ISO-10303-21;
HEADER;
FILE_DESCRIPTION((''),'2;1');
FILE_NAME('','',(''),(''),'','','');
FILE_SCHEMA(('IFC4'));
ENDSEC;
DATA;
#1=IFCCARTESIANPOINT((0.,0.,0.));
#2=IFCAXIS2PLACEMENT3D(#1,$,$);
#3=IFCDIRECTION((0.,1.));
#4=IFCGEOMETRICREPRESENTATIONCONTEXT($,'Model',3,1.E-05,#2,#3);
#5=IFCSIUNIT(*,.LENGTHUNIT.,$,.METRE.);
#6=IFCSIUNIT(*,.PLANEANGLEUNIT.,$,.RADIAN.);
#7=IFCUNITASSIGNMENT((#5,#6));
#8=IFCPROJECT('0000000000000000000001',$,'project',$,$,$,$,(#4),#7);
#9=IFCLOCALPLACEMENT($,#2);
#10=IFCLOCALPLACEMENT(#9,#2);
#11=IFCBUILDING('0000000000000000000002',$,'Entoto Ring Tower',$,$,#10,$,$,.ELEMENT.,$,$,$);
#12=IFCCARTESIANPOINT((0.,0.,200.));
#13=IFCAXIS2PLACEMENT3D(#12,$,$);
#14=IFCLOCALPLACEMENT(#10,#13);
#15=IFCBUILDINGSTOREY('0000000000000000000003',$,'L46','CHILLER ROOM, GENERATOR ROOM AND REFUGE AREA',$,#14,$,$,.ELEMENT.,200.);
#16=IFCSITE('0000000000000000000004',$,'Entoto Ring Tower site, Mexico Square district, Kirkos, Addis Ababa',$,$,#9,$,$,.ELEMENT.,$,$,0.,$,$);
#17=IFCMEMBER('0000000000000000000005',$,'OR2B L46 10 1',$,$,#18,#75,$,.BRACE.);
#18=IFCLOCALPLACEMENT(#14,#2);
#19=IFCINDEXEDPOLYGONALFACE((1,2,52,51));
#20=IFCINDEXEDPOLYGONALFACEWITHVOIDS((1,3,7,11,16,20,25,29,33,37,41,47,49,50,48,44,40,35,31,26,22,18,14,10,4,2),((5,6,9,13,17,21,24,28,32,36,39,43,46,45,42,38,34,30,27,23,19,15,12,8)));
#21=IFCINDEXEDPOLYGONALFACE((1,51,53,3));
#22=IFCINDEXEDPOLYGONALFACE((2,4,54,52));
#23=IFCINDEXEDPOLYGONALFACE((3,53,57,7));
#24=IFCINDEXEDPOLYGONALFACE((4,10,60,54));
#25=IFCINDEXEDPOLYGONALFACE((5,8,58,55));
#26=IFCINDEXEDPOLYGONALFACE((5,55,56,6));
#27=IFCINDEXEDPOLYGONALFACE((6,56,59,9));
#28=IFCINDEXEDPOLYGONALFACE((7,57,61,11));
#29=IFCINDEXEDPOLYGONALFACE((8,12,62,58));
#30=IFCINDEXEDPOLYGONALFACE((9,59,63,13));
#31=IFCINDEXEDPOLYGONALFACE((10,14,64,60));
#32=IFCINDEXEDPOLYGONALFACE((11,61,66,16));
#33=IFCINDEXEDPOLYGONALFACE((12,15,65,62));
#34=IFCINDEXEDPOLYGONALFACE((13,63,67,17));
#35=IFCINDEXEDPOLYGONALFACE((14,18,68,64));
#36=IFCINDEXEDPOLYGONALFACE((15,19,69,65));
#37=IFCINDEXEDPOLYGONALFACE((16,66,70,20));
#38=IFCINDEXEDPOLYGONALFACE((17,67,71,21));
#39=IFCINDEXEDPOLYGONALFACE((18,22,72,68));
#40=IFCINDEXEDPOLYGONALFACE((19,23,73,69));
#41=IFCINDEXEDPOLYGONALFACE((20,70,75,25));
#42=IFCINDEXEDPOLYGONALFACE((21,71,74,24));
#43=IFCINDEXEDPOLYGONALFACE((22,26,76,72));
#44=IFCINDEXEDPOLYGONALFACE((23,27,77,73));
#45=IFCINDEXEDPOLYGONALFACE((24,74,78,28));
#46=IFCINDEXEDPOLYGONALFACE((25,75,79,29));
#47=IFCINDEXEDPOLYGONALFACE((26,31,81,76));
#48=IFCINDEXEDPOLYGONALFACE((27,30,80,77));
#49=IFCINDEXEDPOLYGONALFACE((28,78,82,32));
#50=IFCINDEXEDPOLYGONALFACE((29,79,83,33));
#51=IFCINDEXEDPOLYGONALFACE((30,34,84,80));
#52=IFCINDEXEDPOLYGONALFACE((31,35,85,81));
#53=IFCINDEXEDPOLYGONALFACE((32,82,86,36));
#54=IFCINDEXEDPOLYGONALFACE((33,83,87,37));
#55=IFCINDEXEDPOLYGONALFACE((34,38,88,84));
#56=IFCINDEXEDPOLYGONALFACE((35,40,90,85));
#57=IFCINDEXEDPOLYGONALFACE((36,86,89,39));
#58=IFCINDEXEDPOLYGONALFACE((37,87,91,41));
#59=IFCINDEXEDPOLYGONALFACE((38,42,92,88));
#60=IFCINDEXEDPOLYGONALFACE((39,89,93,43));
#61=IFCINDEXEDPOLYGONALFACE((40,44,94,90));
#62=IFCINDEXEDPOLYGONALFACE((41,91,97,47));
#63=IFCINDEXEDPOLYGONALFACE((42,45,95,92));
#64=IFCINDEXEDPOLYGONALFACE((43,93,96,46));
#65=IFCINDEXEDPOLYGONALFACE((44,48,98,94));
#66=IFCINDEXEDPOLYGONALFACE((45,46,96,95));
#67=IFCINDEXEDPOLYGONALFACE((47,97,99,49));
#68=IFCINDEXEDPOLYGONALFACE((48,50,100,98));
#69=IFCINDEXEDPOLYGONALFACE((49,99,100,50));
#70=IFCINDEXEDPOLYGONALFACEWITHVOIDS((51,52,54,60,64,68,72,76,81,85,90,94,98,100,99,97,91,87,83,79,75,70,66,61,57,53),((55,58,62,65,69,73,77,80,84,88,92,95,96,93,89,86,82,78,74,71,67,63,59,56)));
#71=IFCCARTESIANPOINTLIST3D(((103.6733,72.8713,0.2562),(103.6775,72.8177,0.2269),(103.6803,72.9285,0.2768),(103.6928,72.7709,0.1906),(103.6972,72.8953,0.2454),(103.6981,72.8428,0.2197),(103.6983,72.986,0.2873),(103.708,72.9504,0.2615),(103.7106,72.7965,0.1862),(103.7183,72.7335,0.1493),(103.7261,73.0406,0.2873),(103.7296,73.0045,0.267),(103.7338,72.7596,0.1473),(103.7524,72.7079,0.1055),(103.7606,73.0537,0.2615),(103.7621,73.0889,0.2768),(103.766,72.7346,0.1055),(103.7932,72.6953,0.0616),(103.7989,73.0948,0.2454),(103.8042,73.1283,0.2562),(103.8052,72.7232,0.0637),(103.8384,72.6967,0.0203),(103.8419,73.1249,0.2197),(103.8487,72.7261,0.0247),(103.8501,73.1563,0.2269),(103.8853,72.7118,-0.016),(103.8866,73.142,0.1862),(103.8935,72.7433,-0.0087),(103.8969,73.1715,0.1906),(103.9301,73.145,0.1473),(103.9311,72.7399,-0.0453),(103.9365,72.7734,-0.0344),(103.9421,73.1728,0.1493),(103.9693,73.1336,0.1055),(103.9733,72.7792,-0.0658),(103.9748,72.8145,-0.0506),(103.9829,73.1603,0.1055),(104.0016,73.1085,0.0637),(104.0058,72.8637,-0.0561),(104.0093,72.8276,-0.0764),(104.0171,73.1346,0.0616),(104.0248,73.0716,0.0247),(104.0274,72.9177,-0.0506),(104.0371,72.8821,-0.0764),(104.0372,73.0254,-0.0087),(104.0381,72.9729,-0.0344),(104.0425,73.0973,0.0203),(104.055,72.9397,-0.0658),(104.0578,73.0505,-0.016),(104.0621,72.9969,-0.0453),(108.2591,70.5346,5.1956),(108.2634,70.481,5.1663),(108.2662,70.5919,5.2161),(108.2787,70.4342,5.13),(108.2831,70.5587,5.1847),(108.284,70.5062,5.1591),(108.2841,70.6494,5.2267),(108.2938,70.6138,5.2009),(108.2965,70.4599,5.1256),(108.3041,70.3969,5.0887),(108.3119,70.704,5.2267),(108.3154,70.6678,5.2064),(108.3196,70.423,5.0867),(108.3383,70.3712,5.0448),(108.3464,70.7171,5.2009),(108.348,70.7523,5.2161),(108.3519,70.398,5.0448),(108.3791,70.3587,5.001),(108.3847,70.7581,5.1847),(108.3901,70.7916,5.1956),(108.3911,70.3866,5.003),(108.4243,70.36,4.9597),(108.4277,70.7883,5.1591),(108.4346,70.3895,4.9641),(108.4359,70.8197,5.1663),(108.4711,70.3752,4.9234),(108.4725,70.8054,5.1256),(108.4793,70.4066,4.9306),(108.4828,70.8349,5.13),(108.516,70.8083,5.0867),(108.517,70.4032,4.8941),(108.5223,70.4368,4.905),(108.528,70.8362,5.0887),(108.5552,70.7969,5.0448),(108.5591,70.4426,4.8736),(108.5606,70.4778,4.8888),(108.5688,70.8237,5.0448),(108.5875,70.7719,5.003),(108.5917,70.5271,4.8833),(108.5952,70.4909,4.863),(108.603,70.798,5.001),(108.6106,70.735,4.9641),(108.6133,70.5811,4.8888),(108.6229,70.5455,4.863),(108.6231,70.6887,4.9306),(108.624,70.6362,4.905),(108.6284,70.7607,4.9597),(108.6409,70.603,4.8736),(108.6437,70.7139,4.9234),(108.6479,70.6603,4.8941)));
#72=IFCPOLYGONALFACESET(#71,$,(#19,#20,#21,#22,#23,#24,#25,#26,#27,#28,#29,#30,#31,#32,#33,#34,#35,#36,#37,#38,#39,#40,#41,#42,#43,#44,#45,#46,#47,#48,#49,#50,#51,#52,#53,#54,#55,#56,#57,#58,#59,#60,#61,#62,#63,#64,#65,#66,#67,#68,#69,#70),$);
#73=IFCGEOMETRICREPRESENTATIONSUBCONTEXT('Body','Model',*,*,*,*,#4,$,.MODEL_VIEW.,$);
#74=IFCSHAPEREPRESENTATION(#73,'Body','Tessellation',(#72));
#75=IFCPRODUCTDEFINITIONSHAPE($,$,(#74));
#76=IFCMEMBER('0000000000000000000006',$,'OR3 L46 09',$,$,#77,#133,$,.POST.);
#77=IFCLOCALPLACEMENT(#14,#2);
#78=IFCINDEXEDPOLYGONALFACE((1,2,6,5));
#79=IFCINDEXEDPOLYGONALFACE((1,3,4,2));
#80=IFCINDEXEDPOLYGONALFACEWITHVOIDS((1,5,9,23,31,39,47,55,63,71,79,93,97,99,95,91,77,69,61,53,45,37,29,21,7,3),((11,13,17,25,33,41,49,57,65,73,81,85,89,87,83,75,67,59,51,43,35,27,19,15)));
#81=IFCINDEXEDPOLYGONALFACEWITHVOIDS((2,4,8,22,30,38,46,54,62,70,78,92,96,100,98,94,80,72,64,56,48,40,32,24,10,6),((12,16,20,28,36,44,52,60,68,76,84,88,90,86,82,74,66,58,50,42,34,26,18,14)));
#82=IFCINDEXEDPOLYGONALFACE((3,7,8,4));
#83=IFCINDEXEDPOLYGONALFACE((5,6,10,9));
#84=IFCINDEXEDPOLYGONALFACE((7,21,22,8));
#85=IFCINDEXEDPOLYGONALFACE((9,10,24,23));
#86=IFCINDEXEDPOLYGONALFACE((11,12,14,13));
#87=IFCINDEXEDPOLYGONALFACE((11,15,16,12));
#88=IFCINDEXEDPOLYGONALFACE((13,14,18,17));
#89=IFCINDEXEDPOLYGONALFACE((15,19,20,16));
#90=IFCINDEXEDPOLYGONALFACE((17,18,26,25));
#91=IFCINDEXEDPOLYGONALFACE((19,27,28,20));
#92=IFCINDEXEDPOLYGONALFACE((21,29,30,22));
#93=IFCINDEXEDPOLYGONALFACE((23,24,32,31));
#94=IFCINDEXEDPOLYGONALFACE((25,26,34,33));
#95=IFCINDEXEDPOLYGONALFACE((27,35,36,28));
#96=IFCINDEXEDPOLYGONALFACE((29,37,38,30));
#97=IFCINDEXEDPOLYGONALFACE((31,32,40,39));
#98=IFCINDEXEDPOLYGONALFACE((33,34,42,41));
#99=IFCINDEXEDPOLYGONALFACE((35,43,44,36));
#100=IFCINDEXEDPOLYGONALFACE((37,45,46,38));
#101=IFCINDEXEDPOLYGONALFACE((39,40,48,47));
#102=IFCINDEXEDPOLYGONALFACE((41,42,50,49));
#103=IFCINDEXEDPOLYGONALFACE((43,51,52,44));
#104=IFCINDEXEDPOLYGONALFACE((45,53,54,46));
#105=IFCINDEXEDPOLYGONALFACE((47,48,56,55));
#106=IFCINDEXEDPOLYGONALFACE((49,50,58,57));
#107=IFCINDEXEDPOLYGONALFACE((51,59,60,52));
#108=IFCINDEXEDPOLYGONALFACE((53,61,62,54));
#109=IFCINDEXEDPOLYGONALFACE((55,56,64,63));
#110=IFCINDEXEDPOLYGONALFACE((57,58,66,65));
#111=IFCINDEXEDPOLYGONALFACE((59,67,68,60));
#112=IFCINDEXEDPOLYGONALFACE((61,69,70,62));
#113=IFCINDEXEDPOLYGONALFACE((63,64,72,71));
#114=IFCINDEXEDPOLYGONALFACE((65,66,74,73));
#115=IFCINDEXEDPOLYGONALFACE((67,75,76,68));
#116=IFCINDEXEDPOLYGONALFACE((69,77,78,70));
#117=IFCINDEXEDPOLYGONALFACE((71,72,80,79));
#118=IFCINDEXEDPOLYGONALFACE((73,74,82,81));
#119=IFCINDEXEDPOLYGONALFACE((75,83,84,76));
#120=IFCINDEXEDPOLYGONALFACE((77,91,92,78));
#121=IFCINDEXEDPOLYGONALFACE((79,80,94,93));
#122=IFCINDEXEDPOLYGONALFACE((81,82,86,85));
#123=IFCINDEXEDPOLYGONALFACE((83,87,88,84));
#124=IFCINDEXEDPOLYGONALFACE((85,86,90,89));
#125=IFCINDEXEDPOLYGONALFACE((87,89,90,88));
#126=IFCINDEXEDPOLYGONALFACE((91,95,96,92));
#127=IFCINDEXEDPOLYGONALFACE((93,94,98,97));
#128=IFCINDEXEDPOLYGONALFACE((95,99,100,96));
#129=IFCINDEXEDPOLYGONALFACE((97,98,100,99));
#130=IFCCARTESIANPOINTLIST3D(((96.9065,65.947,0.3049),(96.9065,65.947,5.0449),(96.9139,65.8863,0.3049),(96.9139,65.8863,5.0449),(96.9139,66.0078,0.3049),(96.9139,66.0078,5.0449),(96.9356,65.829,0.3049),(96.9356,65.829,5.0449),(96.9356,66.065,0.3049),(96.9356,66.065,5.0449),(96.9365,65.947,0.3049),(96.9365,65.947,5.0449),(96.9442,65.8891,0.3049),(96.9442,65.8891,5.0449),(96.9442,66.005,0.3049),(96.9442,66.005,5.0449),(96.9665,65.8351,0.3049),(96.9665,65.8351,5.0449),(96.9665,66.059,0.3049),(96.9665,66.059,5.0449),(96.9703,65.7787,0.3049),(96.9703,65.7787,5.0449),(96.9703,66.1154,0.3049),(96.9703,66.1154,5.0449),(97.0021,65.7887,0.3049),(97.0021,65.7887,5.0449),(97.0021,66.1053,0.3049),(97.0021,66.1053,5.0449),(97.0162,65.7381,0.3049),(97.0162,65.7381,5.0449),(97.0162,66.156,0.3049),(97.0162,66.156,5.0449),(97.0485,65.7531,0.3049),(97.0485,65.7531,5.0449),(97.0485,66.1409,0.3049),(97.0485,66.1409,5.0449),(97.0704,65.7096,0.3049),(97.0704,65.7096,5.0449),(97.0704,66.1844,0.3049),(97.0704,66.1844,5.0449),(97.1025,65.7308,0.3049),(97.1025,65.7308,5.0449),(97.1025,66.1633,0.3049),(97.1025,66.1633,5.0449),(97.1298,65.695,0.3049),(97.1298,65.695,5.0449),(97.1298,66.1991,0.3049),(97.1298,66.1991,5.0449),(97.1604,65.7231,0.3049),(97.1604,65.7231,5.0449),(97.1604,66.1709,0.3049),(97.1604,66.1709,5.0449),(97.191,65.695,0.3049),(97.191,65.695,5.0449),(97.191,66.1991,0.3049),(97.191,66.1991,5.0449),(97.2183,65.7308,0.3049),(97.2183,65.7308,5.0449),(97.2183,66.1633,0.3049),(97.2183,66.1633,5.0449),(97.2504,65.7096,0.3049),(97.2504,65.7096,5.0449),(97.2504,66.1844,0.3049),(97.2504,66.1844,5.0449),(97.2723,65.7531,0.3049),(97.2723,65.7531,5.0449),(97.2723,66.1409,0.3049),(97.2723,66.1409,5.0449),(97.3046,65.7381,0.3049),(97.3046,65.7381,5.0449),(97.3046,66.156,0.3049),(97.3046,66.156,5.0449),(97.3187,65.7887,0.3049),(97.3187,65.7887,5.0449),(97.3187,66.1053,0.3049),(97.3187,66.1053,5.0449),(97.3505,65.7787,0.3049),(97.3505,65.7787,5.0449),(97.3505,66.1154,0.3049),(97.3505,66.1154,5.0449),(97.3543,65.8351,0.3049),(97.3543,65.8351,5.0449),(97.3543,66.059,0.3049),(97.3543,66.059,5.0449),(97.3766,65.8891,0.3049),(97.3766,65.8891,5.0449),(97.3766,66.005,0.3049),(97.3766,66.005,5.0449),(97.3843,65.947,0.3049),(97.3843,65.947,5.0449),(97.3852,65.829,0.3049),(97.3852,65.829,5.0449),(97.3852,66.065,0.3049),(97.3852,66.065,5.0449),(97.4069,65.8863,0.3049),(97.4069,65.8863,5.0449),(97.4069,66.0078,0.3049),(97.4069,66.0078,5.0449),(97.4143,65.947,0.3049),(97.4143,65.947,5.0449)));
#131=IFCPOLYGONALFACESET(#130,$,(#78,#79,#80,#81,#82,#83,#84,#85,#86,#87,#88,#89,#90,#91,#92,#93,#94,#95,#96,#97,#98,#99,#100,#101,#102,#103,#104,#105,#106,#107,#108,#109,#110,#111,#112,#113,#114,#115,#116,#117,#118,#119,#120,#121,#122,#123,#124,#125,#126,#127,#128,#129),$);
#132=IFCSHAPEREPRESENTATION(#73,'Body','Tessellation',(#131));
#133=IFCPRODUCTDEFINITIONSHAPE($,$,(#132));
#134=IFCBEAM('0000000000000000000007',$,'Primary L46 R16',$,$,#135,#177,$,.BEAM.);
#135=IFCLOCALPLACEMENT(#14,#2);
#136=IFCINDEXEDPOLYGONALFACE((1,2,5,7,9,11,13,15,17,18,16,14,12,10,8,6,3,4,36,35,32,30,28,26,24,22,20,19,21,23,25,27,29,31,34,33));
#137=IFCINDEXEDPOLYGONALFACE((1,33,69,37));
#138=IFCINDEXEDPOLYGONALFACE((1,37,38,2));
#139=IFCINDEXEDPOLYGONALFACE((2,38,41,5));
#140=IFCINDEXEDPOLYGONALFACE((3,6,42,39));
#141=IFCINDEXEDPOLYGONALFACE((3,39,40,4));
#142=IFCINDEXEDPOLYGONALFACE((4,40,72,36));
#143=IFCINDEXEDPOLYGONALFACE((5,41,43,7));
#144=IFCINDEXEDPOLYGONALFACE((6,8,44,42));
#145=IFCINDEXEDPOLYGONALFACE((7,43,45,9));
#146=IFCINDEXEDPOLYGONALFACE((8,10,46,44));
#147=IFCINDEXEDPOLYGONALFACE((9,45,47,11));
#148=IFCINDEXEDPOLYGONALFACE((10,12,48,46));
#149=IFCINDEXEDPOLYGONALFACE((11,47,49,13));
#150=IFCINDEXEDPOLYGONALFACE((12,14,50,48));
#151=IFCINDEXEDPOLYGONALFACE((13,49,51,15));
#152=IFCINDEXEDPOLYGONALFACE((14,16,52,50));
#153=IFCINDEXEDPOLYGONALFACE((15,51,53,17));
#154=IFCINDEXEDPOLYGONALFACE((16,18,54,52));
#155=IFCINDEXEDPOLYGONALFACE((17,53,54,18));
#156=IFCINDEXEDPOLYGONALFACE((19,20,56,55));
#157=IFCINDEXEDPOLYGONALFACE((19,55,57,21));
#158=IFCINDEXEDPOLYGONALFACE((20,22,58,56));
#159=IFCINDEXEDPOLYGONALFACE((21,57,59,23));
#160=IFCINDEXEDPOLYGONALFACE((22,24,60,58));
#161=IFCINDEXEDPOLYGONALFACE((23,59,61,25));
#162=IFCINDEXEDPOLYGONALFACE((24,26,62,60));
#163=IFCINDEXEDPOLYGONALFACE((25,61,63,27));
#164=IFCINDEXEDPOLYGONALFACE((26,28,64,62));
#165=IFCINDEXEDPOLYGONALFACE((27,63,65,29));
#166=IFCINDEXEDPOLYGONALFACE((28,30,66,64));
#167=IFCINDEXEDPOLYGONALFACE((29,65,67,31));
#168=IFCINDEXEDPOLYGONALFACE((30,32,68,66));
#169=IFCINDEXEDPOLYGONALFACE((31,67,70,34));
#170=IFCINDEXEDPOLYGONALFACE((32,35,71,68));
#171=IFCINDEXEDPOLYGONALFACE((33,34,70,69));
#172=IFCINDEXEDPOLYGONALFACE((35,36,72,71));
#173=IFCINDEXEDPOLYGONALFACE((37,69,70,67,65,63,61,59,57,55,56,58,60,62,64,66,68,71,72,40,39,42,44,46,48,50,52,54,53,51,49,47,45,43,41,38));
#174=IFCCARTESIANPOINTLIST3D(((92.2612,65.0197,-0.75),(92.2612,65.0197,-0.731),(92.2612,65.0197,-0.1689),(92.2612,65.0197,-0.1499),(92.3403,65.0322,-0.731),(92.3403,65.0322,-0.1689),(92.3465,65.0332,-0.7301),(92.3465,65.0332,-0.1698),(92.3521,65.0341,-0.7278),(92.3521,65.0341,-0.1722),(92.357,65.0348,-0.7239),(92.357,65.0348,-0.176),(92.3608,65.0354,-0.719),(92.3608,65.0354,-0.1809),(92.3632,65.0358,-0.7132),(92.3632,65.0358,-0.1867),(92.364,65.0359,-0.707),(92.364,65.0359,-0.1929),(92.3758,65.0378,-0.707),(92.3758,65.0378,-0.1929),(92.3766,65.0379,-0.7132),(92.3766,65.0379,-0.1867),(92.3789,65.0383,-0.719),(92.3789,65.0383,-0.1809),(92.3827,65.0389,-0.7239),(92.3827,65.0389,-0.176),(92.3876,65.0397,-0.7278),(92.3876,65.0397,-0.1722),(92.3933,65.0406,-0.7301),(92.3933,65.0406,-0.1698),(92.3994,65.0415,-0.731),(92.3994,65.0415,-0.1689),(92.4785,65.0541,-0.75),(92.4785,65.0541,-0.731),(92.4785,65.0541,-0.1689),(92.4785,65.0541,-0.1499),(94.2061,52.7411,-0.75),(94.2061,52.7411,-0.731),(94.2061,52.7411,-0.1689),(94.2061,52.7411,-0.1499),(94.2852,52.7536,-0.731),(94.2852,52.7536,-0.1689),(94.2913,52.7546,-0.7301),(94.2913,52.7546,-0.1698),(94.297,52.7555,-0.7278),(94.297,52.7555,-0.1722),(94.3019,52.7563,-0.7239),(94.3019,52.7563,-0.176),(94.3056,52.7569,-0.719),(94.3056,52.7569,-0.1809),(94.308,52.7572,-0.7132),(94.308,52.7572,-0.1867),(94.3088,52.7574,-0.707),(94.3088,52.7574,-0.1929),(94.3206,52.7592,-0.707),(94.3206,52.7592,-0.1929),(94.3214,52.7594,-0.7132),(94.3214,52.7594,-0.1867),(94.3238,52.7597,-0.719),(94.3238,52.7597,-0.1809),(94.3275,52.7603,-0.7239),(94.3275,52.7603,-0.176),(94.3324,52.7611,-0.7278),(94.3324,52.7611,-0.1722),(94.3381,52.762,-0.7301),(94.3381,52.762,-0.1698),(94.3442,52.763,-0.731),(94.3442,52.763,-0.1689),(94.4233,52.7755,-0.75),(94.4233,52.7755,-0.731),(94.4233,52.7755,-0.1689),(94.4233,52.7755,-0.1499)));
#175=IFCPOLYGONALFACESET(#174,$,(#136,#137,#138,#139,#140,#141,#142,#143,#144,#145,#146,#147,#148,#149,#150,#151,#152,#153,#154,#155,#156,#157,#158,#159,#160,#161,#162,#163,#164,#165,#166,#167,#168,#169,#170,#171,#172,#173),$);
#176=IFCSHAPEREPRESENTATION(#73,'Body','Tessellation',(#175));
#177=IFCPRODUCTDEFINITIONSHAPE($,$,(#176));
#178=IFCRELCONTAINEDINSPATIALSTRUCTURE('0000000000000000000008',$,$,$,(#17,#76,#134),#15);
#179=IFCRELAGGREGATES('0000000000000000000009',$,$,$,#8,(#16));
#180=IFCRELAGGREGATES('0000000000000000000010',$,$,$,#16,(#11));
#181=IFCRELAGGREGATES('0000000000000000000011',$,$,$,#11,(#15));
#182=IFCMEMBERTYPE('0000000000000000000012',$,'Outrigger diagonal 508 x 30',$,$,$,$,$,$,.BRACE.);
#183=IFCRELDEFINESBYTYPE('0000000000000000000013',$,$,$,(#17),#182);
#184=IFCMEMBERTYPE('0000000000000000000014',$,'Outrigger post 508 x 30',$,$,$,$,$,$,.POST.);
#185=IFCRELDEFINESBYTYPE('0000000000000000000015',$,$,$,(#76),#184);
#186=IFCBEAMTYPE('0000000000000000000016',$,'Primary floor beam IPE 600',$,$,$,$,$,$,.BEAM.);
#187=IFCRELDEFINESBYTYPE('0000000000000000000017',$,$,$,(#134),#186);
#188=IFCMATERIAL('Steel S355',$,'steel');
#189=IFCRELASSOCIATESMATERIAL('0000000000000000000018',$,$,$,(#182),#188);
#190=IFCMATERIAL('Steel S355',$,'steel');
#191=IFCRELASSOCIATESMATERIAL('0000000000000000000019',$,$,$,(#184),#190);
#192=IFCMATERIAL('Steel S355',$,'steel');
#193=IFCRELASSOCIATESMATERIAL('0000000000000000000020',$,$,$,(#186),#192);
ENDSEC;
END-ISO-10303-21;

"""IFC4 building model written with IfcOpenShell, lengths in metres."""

from ifc_helpers import new_model, si_unit, direction, frame, origin, origin_2d, place, context, subcontext, project, spatial, circle, hollow_circle, i_section, extrude, material, material_profile, profile_set, type_object, element, save


model = new_model("IFC4")

# Units and contexts
model_context = context("Model", 3, precision=1e-05, world=origin(), true_north=direction((0.0, 1.0)))
body_context = subcontext(model_context, "Body", "Model", "MODEL_VIEW")
ifc_project = project(units=[si_unit("LENGTHUNIT", "METRE"), si_unit("PLANEANGLEUNIT", "RADIAN")], contexts=[model_context])

# Site, building, storey
site_placement = place(None, origin())
site = spatial("IfcSite", under=ifc_project, at=site_placement, Name="Entoto Ring Tower site, Mexico Square district, Kirkos, Addis Ababa", CompositionType="ELEMENT", RefElevation=0.0)
building_placement = place(site_placement, origin())
building = spatial("IfcBuilding", under=site, at=building_placement, Name="Entoto Ring Tower", CompositionType="ELEMENT")
storey_placement = place(building_placement, frame((0.0, 0.0, 200.0)))
storey = spatial("IfcBuildingStorey", under=building, at=storey_placement, Name="L46", Description="CHILLER ROOM, GENERATOR ROOM AND REFUGE AREA", CompositionType="ELEMENT", Elevation=200.0)

# Members
ifc_material_1 = material(Name="Steel S355", Category="steel")
ifc_material_profile_1 = material_profile(ifc_material_1, hollow_circle(Radius=0.2539, WallThickness=0.03, at=origin_2d()), Name="CHS 508 x 30")
ifc_material_2 = material(Name="Concrete C60/75", Category="concrete")
ifc_material_profile_2 = material_profile(ifc_material_2, circle(Radius=0.2241, at=origin_2d()), Name="Concrete C60/75 infill")
ifc_profile_set_1 = profile_set([ifc_material_profile_1, ifc_material_profile_2], Name="Steel S355")
member_type_1 = type_object("IfcMemberType", Name="Outrigger diagonal 508 x 30", PredefinedType="BRACE", material=ifc_profile_set_1)
member_1_placement = place(storey_placement, frame((103.8677, 72.9341, 0.1055), z_axis=(0.642859, -0.327556, 0.692415), x_axis=(0.453993, 0.891005, 0.0)))
element("IfcMember", 1, at=member_1_placement, inside=storey, type_object=member_type_1, Name="OR2B L46 10 1", PredefinedType="BRACE", context=body_context, shape_type="SweptSolid", body=[
    extrude(hollow_circle(Radius=0.2539, WallThickness=0.03, at=origin_2d()), origin(), (0.0, 0.0, 1.0), 7.1335),
])
ifc_material_3 = material(Name="Steel S355", Category="steel")
ifc_material_profile_3 = material_profile(ifc_material_3, hollow_circle(Radius=0.2539, WallThickness=0.03, at=origin_2d()), Name="CHS 508 x 30")
ifc_material_4 = material(Name="Concrete C60/75", Category="concrete")
ifc_material_profile_4 = material_profile(ifc_material_4, circle(Radius=0.2241, at=origin_2d()), Name="Concrete C60/75 infill")
ifc_profile_set_2 = profile_set([ifc_material_profile_3, ifc_material_profile_4], Name="Steel S355")
member_type_2 = type_object("IfcMemberType", Name="Outrigger post 508 x 30", PredefinedType="POST", material=ifc_profile_set_2)
member_2_placement = place(storey_placement, frame((97.1604, 65.947, 0.3049), z_axis=(0.0, 0.0, 1.0), x_axis=(1.0, 0.0, 0.0)))
element("IfcMember", 2, at=member_2_placement, inside=storey, type_object=member_type_2, Name="OR3 L46 09", PredefinedType="POST", context=body_context, shape_type="SweptSolid", body=[
    extrude(hollow_circle(Radius=0.2539, WallThickness=0.03, at=origin_2d()), origin(), (0.0, 0.0, 1.0), 4.74),
])

# Beam
ifc_material_5 = material(Name="Steel S355", Category="steel")
ifc_material_profile_5 = material_profile(ifc_material_5, i_section(OverallWidth=0.22, OverallDepth=0.6001, WebThickness=0.012, FlangeThickness=0.019, FilletRadius=0.0239, at=origin_2d()), Name="IPE 600")
ifc_profile_set_3 = profile_set([ifc_material_profile_5], Name="Steel S355")
beam_type_1 = type_object("IfcBeamType", Name="Primary floor beam IPE 600", PredefinedType="BEAM", material=ifc_profile_set_3)
beam_1_placement = place(storey_placement, frame((92.3699, 65.0369, -0.45), z_axis=(0.156442, -0.987687, 0.0), x_axis=(0.987687, 0.156442, 0.0)))
element("IfcBeam", 3, at=beam_1_placement, inside=storey, type_object=beam_type_1, Name="Primary L46 R16", PredefinedType="BEAM", context=body_context, shape_type="SweptSolid", body=[
    extrude(i_section(OverallWidth=0.22, OverallDepth=0.6001, WebThickness=0.012, FlangeThickness=0.019, FilletRadius=0.0239, at=origin_2d()), origin(), (0.0, 0.0, 1.0), 12.4316),
])

save(model, "model.ifc")
